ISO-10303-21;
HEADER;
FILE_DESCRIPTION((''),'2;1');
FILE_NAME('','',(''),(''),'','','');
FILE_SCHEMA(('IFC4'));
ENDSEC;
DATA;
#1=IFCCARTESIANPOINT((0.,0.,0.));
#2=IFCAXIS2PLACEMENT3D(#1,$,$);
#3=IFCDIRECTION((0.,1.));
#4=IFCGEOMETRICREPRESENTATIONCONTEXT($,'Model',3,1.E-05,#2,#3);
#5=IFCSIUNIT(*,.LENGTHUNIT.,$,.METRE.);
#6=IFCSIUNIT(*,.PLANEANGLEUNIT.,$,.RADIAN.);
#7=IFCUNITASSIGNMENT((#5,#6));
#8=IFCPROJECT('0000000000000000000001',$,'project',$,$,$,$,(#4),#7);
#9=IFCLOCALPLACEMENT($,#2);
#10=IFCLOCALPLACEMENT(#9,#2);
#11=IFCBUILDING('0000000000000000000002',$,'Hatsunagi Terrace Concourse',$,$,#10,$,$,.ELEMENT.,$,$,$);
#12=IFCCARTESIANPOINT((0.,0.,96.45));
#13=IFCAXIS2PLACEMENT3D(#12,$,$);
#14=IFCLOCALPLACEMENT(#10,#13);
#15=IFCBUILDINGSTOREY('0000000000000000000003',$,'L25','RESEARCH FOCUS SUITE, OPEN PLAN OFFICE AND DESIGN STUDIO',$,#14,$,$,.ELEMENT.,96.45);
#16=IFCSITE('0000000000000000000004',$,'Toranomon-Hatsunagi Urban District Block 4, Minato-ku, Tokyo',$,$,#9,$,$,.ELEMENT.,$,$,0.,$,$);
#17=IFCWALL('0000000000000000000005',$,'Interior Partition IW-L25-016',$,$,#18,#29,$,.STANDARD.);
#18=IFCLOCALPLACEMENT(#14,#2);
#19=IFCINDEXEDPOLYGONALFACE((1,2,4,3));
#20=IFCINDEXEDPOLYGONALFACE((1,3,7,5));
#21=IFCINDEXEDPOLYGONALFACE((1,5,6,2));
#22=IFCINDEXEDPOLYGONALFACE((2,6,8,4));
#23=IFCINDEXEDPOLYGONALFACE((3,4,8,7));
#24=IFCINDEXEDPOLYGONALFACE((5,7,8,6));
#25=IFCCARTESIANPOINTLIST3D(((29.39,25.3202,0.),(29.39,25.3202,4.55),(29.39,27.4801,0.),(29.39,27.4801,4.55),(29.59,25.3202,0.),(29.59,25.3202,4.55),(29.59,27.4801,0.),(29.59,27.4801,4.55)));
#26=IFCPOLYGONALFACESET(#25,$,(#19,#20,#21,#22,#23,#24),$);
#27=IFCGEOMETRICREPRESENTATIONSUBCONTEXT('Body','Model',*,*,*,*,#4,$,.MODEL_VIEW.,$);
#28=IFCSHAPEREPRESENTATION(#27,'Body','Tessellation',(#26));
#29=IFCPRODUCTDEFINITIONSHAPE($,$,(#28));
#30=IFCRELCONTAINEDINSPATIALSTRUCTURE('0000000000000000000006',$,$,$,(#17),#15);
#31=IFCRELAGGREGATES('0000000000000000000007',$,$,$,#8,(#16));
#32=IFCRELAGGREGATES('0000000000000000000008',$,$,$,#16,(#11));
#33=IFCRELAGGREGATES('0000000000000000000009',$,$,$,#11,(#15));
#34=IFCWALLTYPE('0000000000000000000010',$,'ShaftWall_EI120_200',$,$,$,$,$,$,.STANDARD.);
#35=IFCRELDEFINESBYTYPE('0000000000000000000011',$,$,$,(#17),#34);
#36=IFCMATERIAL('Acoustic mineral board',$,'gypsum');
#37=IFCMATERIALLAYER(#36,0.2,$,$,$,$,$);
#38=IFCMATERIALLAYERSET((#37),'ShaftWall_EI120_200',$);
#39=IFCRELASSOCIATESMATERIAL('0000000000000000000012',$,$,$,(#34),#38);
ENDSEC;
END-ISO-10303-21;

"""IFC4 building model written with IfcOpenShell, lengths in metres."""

from ifc_helpers import new_model, si_unit, direction, frame, frame_2d, origin, place, context, subcontext, project, spatial, rectangle, extrude, material, layer, layer_set, type_object, element, save


model = new_model("IFC4")

# Units and contexts
model_context = context("Model", 3, precision=1e-05, world=origin(), true_north=direction((0.0, 1.0)))
body_context = subcontext(model_context, "Body", "Model", "MODEL_VIEW")
ifc_project = project(units=[si_unit("LENGTHUNIT", "METRE"), si_unit("PLANEANGLEUNIT", "RADIAN")], contexts=[model_context])

# Site, building, storey
site_placement = place(None, origin())
site = spatial("IfcSite", under=ifc_project, at=site_placement, Name="Toranomon-Hatsunagi Urban District Block 4, Minato-ku, Tokyo", CompositionType="ELEMENT", RefElevation=0.0)
building_placement = place(site_placement, origin())
building = spatial("IfcBuilding", under=site, at=building_placement, Name="Hatsunagi Terrace Concourse", CompositionType="ELEMENT")
storey_placement = place(building_placement, frame((0.0, 0.0, 96.45)))
storey = spatial("IfcBuildingStorey", under=building, at=storey_placement, Name="L25", Description="RESEARCH FOCUS SUITE, OPEN PLAN OFFICE AND DESIGN STUDIO", CompositionType="ELEMENT", Elevation=96.45)

# Wall
ifc_material_1 = material(Name="Acoustic mineral board", Category="gypsum")
ifc_layer_1 = layer(ifc_material_1, 0.2)
ifc_layer_set_1 = layer_set([ifc_layer_1], Name="ShaftWall_EI120_200")
wall_type_1 = type_object("IfcWallType", Name="ShaftWall_EI120_200", PredefinedType="STANDARD", material=ifc_layer_set_1)
for number, where, z_axis, x_axis, name in (
    (1, (29.49, 25.3201, 0.0), (0.0, 0.0, 1.0), (0.0, 1.0, 0.0), "Interior Partition IW-L25-016"),
):
    element("IfcWall", number, at=place(storey_placement, frame(where, z_axis=z_axis, x_axis=x_axis)), inside=storey, type_object=wall_type_1, Name=name, PredefinedType="STANDARD", context=body_context, shape_type="SweptSolid", body=[
        extrude(rectangle(XDim=2.1599, YDim=0.2, at=frame_2d((1.0801, 0.0))), origin(), (0.0, 0.0, 1.0), 4.55),
    ])

save(model, "model.ifc")
